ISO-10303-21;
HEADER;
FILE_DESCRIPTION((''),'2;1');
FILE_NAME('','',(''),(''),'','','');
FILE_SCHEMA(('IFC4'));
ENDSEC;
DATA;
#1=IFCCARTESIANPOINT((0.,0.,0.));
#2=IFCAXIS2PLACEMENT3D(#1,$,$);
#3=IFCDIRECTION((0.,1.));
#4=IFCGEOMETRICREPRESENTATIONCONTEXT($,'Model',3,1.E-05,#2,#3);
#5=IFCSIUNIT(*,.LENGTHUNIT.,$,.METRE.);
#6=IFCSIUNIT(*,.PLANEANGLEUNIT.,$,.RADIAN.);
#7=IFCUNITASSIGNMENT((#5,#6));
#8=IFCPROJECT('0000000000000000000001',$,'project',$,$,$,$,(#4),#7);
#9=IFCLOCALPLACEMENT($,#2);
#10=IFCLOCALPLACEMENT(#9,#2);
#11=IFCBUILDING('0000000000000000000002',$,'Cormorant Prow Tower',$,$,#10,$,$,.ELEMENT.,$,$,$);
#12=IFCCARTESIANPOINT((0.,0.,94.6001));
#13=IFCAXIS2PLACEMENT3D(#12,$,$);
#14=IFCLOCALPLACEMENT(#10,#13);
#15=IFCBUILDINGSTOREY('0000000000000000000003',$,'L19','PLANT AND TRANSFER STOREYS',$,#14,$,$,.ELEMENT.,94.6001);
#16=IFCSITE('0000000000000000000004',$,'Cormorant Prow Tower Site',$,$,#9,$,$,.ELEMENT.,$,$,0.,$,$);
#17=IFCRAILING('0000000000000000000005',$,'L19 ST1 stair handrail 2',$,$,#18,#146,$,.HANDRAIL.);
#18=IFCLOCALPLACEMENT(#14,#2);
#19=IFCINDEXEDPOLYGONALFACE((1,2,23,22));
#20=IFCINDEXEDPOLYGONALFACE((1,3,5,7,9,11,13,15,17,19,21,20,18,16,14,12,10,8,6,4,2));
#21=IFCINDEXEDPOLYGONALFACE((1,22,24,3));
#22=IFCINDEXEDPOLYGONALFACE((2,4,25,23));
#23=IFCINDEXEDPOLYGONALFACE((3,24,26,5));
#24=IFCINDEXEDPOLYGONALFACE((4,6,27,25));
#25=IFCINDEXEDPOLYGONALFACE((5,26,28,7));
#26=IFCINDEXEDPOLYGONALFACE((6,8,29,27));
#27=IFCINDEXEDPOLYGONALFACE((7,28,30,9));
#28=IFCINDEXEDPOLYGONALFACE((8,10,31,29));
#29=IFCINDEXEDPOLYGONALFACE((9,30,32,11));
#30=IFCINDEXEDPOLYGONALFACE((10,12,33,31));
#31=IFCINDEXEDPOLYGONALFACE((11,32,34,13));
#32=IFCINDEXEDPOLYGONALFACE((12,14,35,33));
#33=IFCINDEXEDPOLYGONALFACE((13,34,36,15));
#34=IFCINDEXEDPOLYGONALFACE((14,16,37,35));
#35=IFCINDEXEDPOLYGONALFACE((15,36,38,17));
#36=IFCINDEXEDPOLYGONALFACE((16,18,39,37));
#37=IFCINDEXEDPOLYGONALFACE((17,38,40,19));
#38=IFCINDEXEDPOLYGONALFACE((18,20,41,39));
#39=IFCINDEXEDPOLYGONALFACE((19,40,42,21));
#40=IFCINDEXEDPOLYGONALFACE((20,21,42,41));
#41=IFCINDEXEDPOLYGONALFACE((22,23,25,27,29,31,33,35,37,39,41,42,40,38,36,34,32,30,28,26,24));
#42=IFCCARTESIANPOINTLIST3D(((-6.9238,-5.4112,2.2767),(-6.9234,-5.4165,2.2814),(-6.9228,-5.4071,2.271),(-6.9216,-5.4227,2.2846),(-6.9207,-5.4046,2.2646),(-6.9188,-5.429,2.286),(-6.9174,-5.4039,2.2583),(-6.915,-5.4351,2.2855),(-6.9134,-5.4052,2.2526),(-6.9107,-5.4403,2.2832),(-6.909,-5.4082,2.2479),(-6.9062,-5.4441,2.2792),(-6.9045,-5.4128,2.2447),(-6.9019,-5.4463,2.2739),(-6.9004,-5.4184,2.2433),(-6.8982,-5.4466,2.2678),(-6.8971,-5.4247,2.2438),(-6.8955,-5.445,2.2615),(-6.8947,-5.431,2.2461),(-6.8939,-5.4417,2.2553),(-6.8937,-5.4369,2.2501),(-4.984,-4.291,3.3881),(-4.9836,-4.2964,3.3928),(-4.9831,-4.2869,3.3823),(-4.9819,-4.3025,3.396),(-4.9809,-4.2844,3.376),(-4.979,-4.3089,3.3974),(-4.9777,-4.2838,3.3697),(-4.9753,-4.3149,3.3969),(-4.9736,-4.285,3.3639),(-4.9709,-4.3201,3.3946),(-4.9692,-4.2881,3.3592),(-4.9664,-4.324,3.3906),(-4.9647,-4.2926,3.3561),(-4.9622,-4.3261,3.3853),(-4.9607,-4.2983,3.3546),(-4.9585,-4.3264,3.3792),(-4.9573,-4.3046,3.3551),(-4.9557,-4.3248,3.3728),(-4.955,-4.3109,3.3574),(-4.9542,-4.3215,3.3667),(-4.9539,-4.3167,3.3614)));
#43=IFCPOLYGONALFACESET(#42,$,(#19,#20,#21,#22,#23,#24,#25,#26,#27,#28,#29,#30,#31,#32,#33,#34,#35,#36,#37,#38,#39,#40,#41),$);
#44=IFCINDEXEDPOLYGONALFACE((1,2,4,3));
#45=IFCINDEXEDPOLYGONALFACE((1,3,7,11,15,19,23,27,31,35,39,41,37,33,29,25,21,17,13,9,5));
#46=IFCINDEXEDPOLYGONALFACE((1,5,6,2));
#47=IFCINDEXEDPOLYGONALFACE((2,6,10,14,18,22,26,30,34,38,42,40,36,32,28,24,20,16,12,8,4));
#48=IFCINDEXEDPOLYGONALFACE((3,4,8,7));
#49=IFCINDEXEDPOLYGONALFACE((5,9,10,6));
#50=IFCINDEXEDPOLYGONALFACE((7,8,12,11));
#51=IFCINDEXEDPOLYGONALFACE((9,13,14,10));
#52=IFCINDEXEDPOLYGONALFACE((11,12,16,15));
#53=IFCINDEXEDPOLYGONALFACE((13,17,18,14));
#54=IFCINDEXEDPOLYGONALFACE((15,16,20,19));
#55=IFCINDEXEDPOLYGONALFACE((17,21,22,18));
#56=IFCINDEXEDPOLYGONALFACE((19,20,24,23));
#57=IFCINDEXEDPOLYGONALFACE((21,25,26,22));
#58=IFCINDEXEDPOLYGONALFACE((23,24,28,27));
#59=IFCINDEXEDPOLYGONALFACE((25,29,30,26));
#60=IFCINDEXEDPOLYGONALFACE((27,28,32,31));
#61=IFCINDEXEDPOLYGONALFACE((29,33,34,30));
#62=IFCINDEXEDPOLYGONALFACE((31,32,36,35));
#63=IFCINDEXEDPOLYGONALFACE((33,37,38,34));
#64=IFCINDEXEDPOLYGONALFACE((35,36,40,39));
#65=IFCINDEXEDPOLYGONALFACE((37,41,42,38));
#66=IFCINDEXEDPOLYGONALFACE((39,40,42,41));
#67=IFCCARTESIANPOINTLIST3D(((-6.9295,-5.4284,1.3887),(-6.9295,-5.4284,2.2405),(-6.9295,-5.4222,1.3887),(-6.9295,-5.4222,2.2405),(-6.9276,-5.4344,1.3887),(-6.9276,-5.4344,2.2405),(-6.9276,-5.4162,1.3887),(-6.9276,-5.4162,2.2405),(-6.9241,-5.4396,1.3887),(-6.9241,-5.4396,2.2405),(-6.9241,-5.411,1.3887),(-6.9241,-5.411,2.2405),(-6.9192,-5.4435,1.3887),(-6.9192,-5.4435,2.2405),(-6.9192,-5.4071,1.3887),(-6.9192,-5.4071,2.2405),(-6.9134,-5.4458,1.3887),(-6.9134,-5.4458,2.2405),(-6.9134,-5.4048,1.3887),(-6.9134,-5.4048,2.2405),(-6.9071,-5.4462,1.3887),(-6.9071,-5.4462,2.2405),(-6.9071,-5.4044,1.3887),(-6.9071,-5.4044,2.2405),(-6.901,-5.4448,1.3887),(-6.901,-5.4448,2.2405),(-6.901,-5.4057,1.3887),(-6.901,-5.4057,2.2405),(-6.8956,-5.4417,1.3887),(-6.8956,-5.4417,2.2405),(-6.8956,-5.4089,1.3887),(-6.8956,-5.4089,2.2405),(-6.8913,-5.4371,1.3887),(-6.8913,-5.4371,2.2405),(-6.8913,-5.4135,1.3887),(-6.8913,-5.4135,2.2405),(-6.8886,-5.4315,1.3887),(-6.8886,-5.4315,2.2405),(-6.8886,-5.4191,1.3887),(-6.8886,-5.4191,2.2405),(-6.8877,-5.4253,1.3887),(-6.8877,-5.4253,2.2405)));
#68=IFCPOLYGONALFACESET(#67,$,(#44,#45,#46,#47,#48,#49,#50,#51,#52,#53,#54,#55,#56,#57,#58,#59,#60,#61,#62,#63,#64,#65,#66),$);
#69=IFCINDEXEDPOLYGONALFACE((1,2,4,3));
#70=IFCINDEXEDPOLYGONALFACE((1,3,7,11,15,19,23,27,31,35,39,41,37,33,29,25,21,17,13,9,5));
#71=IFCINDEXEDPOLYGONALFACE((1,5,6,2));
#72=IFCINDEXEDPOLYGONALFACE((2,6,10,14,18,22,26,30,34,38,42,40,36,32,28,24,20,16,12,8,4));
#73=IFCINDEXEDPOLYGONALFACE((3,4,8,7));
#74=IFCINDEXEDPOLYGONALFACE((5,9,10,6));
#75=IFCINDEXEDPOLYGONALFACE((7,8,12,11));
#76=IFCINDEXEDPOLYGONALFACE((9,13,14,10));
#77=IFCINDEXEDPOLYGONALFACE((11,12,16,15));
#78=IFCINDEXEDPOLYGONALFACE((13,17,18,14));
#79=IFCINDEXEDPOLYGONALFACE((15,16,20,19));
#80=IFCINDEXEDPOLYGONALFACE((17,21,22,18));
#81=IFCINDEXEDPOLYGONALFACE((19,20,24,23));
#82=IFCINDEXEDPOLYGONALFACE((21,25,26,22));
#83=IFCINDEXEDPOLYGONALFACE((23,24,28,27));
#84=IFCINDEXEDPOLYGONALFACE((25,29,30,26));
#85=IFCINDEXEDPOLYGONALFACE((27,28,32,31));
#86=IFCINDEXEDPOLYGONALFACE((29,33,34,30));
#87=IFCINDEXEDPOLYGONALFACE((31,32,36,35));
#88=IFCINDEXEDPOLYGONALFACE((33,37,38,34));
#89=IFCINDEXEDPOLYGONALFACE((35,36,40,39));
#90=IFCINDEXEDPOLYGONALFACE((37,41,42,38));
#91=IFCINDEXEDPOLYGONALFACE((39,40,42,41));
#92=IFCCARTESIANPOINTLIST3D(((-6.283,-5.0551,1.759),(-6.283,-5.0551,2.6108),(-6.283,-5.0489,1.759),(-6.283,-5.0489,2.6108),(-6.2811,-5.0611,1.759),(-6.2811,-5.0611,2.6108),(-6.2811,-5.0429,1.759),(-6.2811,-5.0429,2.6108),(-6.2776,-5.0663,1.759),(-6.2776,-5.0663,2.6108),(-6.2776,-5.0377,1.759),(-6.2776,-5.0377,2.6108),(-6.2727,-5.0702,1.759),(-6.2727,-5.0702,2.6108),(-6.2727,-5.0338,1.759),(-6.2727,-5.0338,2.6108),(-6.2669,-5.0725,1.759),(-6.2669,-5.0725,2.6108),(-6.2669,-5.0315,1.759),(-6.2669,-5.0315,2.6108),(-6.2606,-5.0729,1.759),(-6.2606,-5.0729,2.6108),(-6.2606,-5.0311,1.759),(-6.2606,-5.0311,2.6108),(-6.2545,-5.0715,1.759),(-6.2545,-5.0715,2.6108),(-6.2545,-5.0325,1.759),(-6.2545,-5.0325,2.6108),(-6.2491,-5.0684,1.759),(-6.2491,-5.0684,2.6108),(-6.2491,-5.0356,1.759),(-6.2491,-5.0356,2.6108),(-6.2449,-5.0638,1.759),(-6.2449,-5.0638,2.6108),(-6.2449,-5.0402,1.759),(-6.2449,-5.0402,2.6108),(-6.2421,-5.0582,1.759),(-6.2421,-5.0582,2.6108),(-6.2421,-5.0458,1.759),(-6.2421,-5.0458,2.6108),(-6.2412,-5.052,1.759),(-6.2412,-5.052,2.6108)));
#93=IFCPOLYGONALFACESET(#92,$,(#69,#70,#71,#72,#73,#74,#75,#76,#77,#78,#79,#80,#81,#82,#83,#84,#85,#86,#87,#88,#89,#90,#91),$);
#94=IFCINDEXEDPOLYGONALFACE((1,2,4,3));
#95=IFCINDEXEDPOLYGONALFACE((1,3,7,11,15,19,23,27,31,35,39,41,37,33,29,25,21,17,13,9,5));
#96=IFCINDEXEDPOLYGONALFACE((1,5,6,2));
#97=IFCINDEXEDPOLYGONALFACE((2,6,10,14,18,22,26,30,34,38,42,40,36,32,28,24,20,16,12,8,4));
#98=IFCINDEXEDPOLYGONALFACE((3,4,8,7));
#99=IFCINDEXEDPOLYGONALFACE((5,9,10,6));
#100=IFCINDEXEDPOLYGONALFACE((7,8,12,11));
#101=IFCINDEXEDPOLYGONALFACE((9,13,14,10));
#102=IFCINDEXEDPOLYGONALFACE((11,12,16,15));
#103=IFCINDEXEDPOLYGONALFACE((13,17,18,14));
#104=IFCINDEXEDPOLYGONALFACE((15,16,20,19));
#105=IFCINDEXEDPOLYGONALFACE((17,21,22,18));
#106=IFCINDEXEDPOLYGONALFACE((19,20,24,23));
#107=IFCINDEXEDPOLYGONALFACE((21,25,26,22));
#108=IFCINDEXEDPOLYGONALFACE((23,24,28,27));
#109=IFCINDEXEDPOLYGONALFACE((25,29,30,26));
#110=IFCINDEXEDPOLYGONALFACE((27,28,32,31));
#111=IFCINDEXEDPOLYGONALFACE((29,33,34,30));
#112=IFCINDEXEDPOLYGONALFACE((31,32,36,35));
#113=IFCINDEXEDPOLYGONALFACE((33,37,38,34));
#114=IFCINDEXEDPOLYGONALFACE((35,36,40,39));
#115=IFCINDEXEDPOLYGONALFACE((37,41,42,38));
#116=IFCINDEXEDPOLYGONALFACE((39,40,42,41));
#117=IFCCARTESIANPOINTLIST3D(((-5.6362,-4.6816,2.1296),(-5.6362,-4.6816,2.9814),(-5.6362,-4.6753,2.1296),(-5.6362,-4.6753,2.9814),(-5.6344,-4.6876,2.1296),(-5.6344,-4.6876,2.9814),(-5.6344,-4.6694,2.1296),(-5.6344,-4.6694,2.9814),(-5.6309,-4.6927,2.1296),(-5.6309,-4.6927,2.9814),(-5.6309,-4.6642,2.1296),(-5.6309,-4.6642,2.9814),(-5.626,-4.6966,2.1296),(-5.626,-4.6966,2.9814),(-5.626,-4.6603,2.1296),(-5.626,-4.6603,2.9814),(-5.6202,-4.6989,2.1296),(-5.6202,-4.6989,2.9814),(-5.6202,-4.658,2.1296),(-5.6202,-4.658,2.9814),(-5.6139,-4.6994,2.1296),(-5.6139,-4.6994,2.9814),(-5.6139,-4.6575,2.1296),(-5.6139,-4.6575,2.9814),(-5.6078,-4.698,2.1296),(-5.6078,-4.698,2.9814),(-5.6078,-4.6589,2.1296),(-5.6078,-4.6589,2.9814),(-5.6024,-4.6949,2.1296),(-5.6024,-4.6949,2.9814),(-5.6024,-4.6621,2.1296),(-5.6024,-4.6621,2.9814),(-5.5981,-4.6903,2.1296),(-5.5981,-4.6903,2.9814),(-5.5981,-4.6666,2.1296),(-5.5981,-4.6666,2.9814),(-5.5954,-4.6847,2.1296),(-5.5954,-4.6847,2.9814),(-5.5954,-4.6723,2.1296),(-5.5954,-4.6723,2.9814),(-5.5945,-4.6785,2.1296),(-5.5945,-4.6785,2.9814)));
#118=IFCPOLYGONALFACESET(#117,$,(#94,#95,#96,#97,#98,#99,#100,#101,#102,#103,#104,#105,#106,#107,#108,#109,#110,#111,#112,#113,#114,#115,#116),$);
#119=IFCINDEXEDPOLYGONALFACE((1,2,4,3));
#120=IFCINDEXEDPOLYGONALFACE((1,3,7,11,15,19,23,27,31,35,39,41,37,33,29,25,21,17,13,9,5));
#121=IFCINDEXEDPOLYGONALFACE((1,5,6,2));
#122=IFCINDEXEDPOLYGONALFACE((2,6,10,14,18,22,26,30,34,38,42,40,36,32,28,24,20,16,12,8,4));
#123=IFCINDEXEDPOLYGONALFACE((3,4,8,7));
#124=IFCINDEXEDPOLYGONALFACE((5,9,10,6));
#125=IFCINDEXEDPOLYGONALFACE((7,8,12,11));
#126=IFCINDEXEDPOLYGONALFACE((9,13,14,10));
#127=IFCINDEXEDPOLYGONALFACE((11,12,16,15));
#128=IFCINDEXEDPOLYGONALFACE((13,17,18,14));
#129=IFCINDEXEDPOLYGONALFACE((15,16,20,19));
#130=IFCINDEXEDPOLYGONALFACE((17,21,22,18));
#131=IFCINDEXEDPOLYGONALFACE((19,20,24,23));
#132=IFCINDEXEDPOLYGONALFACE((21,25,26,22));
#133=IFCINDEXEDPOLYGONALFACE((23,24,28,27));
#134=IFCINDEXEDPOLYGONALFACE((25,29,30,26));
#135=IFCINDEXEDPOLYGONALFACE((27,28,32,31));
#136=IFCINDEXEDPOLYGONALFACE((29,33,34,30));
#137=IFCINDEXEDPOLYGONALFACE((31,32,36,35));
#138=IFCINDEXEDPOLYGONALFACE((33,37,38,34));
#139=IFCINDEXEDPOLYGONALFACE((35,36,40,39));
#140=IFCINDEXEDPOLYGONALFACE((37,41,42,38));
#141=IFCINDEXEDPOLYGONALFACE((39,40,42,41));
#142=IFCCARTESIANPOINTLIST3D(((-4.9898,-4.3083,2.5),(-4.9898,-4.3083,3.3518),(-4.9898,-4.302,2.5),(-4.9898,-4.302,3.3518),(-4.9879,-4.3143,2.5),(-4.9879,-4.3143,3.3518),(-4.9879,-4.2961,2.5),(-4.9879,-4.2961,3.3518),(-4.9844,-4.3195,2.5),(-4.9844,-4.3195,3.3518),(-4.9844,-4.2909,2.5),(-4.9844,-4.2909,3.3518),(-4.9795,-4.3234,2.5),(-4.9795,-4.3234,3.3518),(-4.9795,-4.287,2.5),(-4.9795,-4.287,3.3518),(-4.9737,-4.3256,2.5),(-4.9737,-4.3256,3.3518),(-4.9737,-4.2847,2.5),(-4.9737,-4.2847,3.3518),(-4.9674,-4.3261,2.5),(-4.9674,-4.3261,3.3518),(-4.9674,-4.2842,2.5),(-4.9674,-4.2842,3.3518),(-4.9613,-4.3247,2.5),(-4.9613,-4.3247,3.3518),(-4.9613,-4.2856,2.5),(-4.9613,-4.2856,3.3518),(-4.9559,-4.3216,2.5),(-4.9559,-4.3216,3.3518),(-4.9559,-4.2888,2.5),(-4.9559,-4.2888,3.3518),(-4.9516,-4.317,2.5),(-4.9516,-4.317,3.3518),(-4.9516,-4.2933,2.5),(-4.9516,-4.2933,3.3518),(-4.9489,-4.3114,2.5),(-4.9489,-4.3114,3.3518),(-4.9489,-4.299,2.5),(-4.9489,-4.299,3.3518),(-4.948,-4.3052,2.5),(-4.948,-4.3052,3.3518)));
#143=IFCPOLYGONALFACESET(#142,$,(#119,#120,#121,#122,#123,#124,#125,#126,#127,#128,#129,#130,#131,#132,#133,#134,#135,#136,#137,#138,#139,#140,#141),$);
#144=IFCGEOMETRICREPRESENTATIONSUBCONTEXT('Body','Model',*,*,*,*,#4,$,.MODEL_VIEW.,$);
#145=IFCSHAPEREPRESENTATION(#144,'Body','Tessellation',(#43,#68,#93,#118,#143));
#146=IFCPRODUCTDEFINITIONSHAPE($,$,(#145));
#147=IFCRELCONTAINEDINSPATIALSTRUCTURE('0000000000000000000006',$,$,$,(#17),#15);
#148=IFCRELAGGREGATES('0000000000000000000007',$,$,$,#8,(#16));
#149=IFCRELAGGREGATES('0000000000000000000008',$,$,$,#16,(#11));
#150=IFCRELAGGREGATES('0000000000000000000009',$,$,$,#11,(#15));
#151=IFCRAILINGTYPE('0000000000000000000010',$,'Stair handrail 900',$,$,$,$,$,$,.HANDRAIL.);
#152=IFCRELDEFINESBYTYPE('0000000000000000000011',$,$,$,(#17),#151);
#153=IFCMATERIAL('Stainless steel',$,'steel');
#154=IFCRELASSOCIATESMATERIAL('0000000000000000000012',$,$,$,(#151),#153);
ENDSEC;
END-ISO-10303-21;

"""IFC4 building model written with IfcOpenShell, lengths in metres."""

from ifc_helpers import new_model, si_unit, direction, frame, origin, origin_2d, place, context, subcontext, project, spatial, circle, extrude, material, type_object, element, save


model = new_model("IFC4")

# Units and contexts
model_context = context("Model", 3, precision=1e-05, world=origin(), true_north=direction((0.0, 1.0)))
body_context = subcontext(model_context, "Body", "Model", "MODEL_VIEW")
ifc_project = project(units=[si_unit("LENGTHUNIT", "METRE"), si_unit("PLANEANGLEUNIT", "RADIAN")], contexts=[model_context])

# Site, building, storey
site_placement = place(None, origin())
site = spatial("IfcSite", under=ifc_project, at=site_placement, Name="Cormorant Prow Tower Site", CompositionType="ELEMENT", RefElevation=0.0)
building_placement = place(site_placement, origin())
building = spatial("IfcBuilding", under=site, at=building_placement, Name="Cormorant Prow Tower", CompositionType="ELEMENT")
storey_placement = place(building_placement, frame((0.0, 0.0, 94.6001)))
storey = spatial("IfcBuildingStorey", under=building, at=storey_placement, Name="L19", Description="PLANT AND TRANSFER STOREYS", CompositionType="ELEMENT", Elevation=94.6001)

# Railing
ifc_material_1 = material(Name="Stainless steel", Category="steel")
railing_type = type_object("IfcRailingType", Name="Stair handrail 900", PredefinedType="HANDRAIL", material=ifc_material_1)
for number, where, name in (
    (1, (-6.9087, -5.4253, 1.3887), "L19 ST1 stair handrail 2"),
):
    element("IfcRailing", number, at=place(storey_placement, frame(where)), inside=storey, type_object=railing_type, Name=name, PredefinedType="HANDRAIL", context=body_context, shape_type="SweptSolid", body=[
        extrude(circle(Radius=0.0239, at=origin_2d()), frame((0.0, 0.0, 0.876), z_axis=(0.775746, 0.44797, 0.444455), x_axis=(-0.500078, 0.86598, 0.0)), (0.0, 0.0, 1.0), 2.5005),
        extrude(circle(Radius=0.021, at=origin_2d()), origin(), (0.0, 0.0, 1.0), 0.8518),
        extrude(circle(Radius=0.021, at=origin_2d()), frame((0.6465, 0.3733, 0.3704)), (0.0, 0.0, 1.0), 0.8518),
        extrude(circle(Radius=0.021, at=origin_2d()), frame((1.2932, 0.7468, 0.741)), (0.0, 0.0, 1.0), 0.8518),
        extrude(circle(Radius=0.021, at=origin_2d()), frame((1.9397, 1.1201, 1.1113)), (0.0, 0.0, 1.0), 0.8518),
    ])

save(model, "model.ifc")
